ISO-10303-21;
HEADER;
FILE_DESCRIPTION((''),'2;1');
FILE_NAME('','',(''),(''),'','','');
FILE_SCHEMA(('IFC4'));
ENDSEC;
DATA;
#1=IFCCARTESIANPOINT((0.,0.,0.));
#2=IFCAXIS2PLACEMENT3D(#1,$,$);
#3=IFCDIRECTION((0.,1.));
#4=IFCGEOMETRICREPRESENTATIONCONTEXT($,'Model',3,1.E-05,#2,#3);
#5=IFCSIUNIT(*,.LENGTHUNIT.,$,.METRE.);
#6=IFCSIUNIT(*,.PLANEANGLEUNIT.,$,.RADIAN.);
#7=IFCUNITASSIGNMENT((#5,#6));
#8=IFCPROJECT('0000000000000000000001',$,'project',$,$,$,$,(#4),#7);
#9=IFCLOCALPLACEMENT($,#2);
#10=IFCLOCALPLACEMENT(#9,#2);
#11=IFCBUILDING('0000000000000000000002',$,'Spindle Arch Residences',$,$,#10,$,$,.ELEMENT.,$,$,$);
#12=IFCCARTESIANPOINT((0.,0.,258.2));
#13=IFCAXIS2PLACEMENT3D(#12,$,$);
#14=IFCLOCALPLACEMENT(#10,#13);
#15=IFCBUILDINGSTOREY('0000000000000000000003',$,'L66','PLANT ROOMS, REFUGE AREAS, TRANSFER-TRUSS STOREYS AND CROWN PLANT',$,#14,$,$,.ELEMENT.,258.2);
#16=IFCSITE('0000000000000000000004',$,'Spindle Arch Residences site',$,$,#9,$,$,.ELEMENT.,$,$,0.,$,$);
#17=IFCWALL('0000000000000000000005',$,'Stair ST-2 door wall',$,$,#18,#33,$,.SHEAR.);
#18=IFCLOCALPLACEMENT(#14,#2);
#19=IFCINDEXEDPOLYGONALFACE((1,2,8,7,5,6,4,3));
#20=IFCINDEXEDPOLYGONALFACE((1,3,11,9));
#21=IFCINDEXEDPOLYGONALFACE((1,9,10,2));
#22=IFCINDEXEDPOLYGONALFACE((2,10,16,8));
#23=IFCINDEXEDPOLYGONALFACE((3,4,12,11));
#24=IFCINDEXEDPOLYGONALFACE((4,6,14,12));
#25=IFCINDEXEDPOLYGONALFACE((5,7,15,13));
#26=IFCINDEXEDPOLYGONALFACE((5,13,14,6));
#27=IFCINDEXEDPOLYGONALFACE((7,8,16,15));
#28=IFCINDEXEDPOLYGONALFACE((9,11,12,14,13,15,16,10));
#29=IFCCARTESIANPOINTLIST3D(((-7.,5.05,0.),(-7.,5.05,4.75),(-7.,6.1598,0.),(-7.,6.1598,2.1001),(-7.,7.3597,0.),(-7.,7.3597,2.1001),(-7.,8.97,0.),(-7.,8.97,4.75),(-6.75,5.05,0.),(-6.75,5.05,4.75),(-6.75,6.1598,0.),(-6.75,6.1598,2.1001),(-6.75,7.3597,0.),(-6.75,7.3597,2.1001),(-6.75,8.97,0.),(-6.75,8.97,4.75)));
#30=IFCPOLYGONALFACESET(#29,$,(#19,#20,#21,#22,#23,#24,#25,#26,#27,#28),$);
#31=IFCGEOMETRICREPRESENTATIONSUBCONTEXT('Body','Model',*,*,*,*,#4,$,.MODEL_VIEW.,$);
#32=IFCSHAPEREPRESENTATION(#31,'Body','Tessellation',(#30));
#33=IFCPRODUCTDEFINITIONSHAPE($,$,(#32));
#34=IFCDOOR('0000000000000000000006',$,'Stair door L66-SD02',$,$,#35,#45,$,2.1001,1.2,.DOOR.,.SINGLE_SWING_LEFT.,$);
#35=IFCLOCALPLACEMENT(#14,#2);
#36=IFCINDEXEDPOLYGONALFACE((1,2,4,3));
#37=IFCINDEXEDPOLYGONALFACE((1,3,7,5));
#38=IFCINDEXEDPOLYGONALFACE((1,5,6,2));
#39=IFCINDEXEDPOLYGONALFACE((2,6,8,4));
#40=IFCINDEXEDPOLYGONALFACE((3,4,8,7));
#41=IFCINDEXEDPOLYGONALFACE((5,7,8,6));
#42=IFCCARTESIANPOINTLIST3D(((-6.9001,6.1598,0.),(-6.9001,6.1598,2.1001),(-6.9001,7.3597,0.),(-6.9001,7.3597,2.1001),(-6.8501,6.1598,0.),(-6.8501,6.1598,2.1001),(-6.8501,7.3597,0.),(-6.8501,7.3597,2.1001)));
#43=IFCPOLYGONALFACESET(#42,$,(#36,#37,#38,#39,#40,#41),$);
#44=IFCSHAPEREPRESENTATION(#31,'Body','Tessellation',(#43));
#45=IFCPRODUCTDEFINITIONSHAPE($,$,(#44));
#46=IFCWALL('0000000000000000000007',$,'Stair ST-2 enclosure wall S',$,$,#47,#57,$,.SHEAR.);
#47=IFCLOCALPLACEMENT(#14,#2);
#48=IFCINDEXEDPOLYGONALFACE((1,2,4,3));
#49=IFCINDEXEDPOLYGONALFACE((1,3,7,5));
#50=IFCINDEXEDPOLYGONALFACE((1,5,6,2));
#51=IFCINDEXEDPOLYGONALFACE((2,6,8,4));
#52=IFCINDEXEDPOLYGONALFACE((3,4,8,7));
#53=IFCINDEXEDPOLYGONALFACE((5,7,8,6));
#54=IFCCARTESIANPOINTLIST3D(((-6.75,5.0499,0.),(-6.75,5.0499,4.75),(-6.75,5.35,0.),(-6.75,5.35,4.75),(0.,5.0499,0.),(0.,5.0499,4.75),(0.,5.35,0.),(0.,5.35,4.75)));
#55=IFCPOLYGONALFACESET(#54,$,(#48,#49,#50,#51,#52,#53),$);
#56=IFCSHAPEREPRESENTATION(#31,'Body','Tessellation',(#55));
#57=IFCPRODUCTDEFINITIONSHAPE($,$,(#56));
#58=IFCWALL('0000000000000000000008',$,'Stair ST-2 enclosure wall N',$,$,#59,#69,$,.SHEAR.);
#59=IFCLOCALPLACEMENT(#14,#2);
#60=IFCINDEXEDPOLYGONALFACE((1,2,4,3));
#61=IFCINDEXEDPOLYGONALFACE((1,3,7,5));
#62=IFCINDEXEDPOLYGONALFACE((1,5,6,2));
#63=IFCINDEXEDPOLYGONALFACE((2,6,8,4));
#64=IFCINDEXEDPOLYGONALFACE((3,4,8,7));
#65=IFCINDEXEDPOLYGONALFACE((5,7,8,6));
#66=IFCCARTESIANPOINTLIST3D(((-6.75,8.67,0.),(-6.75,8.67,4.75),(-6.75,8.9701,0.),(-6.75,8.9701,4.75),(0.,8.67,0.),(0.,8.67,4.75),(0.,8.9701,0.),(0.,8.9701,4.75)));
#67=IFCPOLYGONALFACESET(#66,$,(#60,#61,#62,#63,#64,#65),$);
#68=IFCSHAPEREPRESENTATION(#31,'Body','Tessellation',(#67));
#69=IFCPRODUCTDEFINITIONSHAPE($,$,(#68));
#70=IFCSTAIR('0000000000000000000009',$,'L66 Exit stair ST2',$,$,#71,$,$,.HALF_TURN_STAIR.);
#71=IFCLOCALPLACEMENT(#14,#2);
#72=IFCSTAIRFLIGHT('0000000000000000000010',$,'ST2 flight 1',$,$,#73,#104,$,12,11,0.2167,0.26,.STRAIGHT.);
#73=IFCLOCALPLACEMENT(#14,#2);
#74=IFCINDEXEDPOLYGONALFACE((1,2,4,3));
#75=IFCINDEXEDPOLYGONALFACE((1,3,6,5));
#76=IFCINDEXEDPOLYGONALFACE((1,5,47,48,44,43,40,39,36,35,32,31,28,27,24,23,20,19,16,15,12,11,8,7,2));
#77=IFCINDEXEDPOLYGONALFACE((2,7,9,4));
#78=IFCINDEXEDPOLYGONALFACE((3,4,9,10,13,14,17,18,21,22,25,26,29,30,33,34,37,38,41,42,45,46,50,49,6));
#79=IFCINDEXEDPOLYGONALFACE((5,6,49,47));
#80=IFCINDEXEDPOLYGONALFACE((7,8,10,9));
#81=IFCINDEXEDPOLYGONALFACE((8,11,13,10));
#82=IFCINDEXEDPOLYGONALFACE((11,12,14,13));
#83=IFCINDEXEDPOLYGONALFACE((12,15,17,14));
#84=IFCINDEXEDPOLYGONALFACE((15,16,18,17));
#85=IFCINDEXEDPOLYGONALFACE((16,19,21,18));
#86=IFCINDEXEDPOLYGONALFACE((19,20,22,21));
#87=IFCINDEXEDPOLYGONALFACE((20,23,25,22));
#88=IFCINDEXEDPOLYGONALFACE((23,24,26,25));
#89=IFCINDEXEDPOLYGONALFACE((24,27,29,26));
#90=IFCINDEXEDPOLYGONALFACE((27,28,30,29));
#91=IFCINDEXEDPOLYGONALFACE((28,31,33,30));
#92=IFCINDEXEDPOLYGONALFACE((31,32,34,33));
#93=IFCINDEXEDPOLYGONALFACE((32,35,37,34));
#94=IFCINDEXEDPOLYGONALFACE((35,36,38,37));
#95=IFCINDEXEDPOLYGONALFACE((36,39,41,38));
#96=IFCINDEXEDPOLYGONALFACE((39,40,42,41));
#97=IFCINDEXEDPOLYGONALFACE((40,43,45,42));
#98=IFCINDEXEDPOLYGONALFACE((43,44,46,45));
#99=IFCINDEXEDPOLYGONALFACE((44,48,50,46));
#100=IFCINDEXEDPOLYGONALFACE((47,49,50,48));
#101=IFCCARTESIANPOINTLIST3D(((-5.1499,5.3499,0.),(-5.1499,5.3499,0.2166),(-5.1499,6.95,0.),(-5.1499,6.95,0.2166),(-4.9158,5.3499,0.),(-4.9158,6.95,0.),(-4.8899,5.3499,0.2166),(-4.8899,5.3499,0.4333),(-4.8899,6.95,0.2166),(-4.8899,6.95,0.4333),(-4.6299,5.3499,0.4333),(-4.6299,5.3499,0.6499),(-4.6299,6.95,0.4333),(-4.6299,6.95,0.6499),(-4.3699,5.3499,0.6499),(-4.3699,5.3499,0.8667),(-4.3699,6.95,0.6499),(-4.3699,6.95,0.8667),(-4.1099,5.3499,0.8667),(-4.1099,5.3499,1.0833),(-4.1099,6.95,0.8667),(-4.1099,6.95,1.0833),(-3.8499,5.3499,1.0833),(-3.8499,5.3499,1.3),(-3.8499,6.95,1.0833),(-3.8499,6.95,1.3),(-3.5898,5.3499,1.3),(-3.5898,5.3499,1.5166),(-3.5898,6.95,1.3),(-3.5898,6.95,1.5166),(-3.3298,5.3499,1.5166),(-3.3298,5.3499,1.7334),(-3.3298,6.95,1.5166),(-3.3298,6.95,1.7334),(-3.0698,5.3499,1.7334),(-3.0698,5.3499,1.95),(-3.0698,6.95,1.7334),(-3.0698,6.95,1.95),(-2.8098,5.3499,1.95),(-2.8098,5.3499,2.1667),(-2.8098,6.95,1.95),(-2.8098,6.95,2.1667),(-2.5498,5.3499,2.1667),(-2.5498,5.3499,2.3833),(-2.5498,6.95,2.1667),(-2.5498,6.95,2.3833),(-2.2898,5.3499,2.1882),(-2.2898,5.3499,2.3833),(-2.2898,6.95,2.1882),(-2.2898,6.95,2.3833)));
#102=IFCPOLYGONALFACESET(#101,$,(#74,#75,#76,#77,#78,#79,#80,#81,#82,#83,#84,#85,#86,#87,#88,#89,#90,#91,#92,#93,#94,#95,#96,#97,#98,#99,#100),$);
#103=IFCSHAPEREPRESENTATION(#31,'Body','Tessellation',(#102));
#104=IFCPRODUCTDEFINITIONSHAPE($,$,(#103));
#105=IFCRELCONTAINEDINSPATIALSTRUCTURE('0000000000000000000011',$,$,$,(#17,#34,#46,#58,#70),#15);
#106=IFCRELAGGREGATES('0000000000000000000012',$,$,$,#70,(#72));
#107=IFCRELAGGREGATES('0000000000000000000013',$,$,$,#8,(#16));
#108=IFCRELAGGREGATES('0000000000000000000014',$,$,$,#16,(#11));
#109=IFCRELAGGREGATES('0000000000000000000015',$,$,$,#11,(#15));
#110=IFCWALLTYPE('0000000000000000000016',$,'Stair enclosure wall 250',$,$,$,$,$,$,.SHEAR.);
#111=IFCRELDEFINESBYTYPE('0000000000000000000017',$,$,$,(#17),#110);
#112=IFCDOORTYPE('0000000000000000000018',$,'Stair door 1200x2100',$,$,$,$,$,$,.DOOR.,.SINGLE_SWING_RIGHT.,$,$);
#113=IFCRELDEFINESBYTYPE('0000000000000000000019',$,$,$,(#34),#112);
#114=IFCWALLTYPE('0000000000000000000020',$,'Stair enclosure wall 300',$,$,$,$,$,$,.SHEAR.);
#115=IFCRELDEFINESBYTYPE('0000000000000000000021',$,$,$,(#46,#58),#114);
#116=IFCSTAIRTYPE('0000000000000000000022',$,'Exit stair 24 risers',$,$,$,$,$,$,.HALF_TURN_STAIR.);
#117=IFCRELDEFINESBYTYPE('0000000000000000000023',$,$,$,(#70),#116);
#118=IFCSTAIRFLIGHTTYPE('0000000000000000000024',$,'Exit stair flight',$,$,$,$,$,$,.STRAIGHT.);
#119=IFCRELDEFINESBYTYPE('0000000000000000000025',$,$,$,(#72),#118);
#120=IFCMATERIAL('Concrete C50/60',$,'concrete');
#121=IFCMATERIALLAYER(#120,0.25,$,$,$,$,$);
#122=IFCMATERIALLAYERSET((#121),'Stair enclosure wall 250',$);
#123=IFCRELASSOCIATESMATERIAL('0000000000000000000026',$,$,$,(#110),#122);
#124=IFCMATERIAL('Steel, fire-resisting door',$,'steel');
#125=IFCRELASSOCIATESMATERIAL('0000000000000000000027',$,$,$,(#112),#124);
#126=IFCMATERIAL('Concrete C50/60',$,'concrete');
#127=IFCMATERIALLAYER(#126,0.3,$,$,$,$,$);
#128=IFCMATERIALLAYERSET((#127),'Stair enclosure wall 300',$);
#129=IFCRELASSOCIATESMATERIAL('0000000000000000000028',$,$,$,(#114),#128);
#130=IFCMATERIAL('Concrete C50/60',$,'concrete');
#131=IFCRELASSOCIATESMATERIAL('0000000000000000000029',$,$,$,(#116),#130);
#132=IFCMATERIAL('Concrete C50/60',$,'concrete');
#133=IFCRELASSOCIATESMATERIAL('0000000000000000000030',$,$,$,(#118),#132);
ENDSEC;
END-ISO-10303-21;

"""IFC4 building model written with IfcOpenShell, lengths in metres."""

from ifc_helpers import new_model, si_unit, direction, frame, frame_2d, origin, place, context, subcontext, project, spatial, polyline, rectangle, outline, extrude, material, layer, layer_set, type_object, element, fill, aggregate, save


model = new_model("IFC4")

# Units and contexts
model_context = context("Model", 3, precision=1e-05, world=origin(), true_north=direction((0.0, 1.0)))
body_context = subcontext(model_context, "Body", "Model", "MODEL_VIEW")
ifc_project = project(units=[si_unit("LENGTHUNIT", "METRE"), si_unit("PLANEANGLEUNIT", "RADIAN")], contexts=[model_context])

# Site, building, storey
site_placement = place(None, origin())
site = spatial("IfcSite", under=ifc_project, at=site_placement, Name="Spindle Arch Residences site", CompositionType="ELEMENT", RefElevation=0.0)
building_placement = place(site_placement, origin())
building = spatial("IfcBuilding", under=site, at=building_placement, Name="Spindle Arch Residences", CompositionType="ELEMENT")
storey_placement = place(building_placement, frame((0.0, 0.0, 258.2)))
storey = spatial("IfcBuildingStorey", under=building, at=storey_placement, Name="L66", Description="PLANT ROOMS, REFUGE AREAS, TRANSFER-TRUSS STOREYS AND CROWN PLANT", CompositionType="ELEMENT", Elevation=258.2)

# Wall, opening, door
ifc_material_1 = material(Name="Concrete C50/60", Category="concrete")
ifc_layer_1 = layer(ifc_material_1, 0.25)
ifc_layer_set_1 = layer_set([ifc_layer_1], Name="Stair enclosure wall 250")
wall_type_1 = type_object("IfcWallType", Name="Stair enclosure wall 250", PredefinedType="SHEAR", material=ifc_layer_set_1)
wall_1_placement = place(storey_placement, frame((-6.875, 8.97, 0.0), z_axis=(0.0, 0.0, 1.0), x_axis=(0.0, -1.0, 0.0)))
wall_1 = element("IfcWall", 1, at=wall_1_placement, inside=storey, type_object=wall_type_1, Name="Stair ST-2 door wall", PredefinedType="SHEAR", context=body_context, shape_type="SweptSolid", body=[
    extrude(rectangle(XDim=3.9199, YDim=0.25, at=frame_2d((1.96, 0.0))), origin(), (0.0, 0.0, 1.0), 4.75),
])
opening_1_placement = place(wall_1_placement, frame((1.6101, 0.0, 0.0)))
opening_1 = element("IfcOpeningElement", 2, at=opening_1_placement, cuts=wall_1, PredefinedType="OPENING", context=body_context, shape_type="SweptSolid", body=[
    extrude(rectangle(XDim=1.2, YDim=2.1001, at=frame_2d((0.6001, 1.05))), frame((0.0, 0.135, 0.0), z_axis=(0.0, -1.0, 0.0), x_axis=(1.0, 0.0, 0.0)), (0.0, 0.0, 1.0), 0.27),
])
ifc_material_2 = material(Name="Steel, fire-resisting door", Category="steel")
door_type_1 = type_object("IfcDoorType", Name="Stair door 1200x2100", OperationType="SINGLE_SWING_RIGHT", PredefinedType="DOOR", material=ifc_material_2)
door_1_placement = place(opening_1_placement, origin())
door_1 = element("IfcDoor", 3, at=door_1_placement, inside=storey, type_object=door_type_1, Name="Stair door L66-SD02", OperationType="SINGLE_SWING_LEFT", OverallHeight=2.1001, OverallWidth=1.2, PredefinedType="DOOR", context=body_context, shape_type="SweptSolid", body=[
    extrude(rectangle(XDim=1.2, YDim=2.1001, at=frame_2d((0.6001, 1.05))), frame((0.0, 0.0249, 0.0), z_axis=(0.0, -1.0, 0.0), x_axis=(1.0, 0.0, 0.0)), (0.0, 0.0, 1.0), 0.05),
])
fill(opening_1, door_1)

# Walls
ifc_material_3 = material(Name="Concrete C50/60", Category="concrete")
ifc_layer_2 = layer(ifc_material_3, 0.3)
ifc_layer_set_2 = layer_set([ifc_layer_2], Name="Stair enclosure wall 300")
wall_type_2 = type_object("IfcWallType", Name="Stair enclosure wall 300", PredefinedType="SHEAR", material=ifc_layer_set_2)
for number, where, z_axis, x_axis, name in (
    (4, (-6.75, 5.2, 0.0), (0.0, 0.0, 1.0), (1.0, 0.0, 0.0), "Stair ST-2 enclosure wall S"),
    (5, (-6.75, 8.8201, 0.0), (0.0, 0.0, 1.0), (1.0, 0.0, 0.0), "Stair ST-2 enclosure wall N"),
):
    element("IfcWall", number, at=place(storey_placement, frame(where, z_axis=z_axis, x_axis=x_axis)), inside=storey, type_object=wall_type_2, Name=name, PredefinedType="SHEAR", context=body_context, shape_type="SweptSolid", body=[
        extrude(rectangle(XDim=6.75, YDim=0.3, at=frame_2d((3.375, 0.0))), origin(), (0.0, 0.0, 1.0), 4.75),
    ])

# Stair, stair flight
ifc_material_4 = material(Name="Concrete C50/60", Category="concrete")
stair_type = type_object("IfcStairType", Name="Exit stair 24 risers", PredefinedType="HALF_TURN_STAIR", material=ifc_material_4)
stair_placement = place(storey_placement, origin())
stair = element("IfcStair", 6, at=stair_placement, inside=storey, type_object=stair_type, Name="L66 Exit stair ST2", PredefinedType="HALF_TURN_STAIR")
ifc_material_5 = material(Name="Concrete C50/60", Category="concrete")
stair_flight_type = type_object("IfcStairFlightType", Name="Exit stair flight", PredefinedType="STRAIGHT", material=ifc_material_5)
stair_flight_placement = place(storey_placement, frame((-5.1499, 6.1499, 0.0), z_axis=(0.0, 0.0, 1.0), x_axis=(1.0, 0.0, 0.0)))
stair_flight = element("IfcStairFlight", 7, at=stair_flight_placement, type_object=stair_flight_type, Name="ST2 flight 1", NumberOfRisers=12, NumberOfTreads=11, PredefinedType="STRAIGHT", RiserHeight=0.2167, TreadLength=0.26, context=body_context, shape_type="SweptSolid", body=[
    extrude(outline(polyline([(0.0, 0.0), (0.0, 0.2166), (0.26, 0.2166), (0.26, 0.4333), (0.52, 0.4333), (0.52, 0.6499), (0.78, 0.6499), (0.78, 0.8667), (1.04, 0.8667), (1.04, 1.0833), (1.3, 1.0833), (1.3, 1.3), (1.5601, 1.3), (1.5601, 1.5166), (1.8201, 1.5166), (1.8201, 1.7334), (2.0801, 1.7334), (2.0801, 1.95), (2.3401, 1.95), (2.3401, 2.1667), (2.6001, 2.1667), (2.6001, 2.3833), (2.8601, 2.3833), (2.8601, 2.6001), (2.8601, 2.1882), (0.2341, 0.0), (0.0, 0.0)])), frame((0.0, 0.8, 0.0), z_axis=(0.0, -1.0, 0.0), x_axis=(1.0, 0.0, 0.0)), (0.0, 0.0, 1.0), 1.6001),
])
aggregate(stair, [stair_flight])

save(model, "model.ifc")
